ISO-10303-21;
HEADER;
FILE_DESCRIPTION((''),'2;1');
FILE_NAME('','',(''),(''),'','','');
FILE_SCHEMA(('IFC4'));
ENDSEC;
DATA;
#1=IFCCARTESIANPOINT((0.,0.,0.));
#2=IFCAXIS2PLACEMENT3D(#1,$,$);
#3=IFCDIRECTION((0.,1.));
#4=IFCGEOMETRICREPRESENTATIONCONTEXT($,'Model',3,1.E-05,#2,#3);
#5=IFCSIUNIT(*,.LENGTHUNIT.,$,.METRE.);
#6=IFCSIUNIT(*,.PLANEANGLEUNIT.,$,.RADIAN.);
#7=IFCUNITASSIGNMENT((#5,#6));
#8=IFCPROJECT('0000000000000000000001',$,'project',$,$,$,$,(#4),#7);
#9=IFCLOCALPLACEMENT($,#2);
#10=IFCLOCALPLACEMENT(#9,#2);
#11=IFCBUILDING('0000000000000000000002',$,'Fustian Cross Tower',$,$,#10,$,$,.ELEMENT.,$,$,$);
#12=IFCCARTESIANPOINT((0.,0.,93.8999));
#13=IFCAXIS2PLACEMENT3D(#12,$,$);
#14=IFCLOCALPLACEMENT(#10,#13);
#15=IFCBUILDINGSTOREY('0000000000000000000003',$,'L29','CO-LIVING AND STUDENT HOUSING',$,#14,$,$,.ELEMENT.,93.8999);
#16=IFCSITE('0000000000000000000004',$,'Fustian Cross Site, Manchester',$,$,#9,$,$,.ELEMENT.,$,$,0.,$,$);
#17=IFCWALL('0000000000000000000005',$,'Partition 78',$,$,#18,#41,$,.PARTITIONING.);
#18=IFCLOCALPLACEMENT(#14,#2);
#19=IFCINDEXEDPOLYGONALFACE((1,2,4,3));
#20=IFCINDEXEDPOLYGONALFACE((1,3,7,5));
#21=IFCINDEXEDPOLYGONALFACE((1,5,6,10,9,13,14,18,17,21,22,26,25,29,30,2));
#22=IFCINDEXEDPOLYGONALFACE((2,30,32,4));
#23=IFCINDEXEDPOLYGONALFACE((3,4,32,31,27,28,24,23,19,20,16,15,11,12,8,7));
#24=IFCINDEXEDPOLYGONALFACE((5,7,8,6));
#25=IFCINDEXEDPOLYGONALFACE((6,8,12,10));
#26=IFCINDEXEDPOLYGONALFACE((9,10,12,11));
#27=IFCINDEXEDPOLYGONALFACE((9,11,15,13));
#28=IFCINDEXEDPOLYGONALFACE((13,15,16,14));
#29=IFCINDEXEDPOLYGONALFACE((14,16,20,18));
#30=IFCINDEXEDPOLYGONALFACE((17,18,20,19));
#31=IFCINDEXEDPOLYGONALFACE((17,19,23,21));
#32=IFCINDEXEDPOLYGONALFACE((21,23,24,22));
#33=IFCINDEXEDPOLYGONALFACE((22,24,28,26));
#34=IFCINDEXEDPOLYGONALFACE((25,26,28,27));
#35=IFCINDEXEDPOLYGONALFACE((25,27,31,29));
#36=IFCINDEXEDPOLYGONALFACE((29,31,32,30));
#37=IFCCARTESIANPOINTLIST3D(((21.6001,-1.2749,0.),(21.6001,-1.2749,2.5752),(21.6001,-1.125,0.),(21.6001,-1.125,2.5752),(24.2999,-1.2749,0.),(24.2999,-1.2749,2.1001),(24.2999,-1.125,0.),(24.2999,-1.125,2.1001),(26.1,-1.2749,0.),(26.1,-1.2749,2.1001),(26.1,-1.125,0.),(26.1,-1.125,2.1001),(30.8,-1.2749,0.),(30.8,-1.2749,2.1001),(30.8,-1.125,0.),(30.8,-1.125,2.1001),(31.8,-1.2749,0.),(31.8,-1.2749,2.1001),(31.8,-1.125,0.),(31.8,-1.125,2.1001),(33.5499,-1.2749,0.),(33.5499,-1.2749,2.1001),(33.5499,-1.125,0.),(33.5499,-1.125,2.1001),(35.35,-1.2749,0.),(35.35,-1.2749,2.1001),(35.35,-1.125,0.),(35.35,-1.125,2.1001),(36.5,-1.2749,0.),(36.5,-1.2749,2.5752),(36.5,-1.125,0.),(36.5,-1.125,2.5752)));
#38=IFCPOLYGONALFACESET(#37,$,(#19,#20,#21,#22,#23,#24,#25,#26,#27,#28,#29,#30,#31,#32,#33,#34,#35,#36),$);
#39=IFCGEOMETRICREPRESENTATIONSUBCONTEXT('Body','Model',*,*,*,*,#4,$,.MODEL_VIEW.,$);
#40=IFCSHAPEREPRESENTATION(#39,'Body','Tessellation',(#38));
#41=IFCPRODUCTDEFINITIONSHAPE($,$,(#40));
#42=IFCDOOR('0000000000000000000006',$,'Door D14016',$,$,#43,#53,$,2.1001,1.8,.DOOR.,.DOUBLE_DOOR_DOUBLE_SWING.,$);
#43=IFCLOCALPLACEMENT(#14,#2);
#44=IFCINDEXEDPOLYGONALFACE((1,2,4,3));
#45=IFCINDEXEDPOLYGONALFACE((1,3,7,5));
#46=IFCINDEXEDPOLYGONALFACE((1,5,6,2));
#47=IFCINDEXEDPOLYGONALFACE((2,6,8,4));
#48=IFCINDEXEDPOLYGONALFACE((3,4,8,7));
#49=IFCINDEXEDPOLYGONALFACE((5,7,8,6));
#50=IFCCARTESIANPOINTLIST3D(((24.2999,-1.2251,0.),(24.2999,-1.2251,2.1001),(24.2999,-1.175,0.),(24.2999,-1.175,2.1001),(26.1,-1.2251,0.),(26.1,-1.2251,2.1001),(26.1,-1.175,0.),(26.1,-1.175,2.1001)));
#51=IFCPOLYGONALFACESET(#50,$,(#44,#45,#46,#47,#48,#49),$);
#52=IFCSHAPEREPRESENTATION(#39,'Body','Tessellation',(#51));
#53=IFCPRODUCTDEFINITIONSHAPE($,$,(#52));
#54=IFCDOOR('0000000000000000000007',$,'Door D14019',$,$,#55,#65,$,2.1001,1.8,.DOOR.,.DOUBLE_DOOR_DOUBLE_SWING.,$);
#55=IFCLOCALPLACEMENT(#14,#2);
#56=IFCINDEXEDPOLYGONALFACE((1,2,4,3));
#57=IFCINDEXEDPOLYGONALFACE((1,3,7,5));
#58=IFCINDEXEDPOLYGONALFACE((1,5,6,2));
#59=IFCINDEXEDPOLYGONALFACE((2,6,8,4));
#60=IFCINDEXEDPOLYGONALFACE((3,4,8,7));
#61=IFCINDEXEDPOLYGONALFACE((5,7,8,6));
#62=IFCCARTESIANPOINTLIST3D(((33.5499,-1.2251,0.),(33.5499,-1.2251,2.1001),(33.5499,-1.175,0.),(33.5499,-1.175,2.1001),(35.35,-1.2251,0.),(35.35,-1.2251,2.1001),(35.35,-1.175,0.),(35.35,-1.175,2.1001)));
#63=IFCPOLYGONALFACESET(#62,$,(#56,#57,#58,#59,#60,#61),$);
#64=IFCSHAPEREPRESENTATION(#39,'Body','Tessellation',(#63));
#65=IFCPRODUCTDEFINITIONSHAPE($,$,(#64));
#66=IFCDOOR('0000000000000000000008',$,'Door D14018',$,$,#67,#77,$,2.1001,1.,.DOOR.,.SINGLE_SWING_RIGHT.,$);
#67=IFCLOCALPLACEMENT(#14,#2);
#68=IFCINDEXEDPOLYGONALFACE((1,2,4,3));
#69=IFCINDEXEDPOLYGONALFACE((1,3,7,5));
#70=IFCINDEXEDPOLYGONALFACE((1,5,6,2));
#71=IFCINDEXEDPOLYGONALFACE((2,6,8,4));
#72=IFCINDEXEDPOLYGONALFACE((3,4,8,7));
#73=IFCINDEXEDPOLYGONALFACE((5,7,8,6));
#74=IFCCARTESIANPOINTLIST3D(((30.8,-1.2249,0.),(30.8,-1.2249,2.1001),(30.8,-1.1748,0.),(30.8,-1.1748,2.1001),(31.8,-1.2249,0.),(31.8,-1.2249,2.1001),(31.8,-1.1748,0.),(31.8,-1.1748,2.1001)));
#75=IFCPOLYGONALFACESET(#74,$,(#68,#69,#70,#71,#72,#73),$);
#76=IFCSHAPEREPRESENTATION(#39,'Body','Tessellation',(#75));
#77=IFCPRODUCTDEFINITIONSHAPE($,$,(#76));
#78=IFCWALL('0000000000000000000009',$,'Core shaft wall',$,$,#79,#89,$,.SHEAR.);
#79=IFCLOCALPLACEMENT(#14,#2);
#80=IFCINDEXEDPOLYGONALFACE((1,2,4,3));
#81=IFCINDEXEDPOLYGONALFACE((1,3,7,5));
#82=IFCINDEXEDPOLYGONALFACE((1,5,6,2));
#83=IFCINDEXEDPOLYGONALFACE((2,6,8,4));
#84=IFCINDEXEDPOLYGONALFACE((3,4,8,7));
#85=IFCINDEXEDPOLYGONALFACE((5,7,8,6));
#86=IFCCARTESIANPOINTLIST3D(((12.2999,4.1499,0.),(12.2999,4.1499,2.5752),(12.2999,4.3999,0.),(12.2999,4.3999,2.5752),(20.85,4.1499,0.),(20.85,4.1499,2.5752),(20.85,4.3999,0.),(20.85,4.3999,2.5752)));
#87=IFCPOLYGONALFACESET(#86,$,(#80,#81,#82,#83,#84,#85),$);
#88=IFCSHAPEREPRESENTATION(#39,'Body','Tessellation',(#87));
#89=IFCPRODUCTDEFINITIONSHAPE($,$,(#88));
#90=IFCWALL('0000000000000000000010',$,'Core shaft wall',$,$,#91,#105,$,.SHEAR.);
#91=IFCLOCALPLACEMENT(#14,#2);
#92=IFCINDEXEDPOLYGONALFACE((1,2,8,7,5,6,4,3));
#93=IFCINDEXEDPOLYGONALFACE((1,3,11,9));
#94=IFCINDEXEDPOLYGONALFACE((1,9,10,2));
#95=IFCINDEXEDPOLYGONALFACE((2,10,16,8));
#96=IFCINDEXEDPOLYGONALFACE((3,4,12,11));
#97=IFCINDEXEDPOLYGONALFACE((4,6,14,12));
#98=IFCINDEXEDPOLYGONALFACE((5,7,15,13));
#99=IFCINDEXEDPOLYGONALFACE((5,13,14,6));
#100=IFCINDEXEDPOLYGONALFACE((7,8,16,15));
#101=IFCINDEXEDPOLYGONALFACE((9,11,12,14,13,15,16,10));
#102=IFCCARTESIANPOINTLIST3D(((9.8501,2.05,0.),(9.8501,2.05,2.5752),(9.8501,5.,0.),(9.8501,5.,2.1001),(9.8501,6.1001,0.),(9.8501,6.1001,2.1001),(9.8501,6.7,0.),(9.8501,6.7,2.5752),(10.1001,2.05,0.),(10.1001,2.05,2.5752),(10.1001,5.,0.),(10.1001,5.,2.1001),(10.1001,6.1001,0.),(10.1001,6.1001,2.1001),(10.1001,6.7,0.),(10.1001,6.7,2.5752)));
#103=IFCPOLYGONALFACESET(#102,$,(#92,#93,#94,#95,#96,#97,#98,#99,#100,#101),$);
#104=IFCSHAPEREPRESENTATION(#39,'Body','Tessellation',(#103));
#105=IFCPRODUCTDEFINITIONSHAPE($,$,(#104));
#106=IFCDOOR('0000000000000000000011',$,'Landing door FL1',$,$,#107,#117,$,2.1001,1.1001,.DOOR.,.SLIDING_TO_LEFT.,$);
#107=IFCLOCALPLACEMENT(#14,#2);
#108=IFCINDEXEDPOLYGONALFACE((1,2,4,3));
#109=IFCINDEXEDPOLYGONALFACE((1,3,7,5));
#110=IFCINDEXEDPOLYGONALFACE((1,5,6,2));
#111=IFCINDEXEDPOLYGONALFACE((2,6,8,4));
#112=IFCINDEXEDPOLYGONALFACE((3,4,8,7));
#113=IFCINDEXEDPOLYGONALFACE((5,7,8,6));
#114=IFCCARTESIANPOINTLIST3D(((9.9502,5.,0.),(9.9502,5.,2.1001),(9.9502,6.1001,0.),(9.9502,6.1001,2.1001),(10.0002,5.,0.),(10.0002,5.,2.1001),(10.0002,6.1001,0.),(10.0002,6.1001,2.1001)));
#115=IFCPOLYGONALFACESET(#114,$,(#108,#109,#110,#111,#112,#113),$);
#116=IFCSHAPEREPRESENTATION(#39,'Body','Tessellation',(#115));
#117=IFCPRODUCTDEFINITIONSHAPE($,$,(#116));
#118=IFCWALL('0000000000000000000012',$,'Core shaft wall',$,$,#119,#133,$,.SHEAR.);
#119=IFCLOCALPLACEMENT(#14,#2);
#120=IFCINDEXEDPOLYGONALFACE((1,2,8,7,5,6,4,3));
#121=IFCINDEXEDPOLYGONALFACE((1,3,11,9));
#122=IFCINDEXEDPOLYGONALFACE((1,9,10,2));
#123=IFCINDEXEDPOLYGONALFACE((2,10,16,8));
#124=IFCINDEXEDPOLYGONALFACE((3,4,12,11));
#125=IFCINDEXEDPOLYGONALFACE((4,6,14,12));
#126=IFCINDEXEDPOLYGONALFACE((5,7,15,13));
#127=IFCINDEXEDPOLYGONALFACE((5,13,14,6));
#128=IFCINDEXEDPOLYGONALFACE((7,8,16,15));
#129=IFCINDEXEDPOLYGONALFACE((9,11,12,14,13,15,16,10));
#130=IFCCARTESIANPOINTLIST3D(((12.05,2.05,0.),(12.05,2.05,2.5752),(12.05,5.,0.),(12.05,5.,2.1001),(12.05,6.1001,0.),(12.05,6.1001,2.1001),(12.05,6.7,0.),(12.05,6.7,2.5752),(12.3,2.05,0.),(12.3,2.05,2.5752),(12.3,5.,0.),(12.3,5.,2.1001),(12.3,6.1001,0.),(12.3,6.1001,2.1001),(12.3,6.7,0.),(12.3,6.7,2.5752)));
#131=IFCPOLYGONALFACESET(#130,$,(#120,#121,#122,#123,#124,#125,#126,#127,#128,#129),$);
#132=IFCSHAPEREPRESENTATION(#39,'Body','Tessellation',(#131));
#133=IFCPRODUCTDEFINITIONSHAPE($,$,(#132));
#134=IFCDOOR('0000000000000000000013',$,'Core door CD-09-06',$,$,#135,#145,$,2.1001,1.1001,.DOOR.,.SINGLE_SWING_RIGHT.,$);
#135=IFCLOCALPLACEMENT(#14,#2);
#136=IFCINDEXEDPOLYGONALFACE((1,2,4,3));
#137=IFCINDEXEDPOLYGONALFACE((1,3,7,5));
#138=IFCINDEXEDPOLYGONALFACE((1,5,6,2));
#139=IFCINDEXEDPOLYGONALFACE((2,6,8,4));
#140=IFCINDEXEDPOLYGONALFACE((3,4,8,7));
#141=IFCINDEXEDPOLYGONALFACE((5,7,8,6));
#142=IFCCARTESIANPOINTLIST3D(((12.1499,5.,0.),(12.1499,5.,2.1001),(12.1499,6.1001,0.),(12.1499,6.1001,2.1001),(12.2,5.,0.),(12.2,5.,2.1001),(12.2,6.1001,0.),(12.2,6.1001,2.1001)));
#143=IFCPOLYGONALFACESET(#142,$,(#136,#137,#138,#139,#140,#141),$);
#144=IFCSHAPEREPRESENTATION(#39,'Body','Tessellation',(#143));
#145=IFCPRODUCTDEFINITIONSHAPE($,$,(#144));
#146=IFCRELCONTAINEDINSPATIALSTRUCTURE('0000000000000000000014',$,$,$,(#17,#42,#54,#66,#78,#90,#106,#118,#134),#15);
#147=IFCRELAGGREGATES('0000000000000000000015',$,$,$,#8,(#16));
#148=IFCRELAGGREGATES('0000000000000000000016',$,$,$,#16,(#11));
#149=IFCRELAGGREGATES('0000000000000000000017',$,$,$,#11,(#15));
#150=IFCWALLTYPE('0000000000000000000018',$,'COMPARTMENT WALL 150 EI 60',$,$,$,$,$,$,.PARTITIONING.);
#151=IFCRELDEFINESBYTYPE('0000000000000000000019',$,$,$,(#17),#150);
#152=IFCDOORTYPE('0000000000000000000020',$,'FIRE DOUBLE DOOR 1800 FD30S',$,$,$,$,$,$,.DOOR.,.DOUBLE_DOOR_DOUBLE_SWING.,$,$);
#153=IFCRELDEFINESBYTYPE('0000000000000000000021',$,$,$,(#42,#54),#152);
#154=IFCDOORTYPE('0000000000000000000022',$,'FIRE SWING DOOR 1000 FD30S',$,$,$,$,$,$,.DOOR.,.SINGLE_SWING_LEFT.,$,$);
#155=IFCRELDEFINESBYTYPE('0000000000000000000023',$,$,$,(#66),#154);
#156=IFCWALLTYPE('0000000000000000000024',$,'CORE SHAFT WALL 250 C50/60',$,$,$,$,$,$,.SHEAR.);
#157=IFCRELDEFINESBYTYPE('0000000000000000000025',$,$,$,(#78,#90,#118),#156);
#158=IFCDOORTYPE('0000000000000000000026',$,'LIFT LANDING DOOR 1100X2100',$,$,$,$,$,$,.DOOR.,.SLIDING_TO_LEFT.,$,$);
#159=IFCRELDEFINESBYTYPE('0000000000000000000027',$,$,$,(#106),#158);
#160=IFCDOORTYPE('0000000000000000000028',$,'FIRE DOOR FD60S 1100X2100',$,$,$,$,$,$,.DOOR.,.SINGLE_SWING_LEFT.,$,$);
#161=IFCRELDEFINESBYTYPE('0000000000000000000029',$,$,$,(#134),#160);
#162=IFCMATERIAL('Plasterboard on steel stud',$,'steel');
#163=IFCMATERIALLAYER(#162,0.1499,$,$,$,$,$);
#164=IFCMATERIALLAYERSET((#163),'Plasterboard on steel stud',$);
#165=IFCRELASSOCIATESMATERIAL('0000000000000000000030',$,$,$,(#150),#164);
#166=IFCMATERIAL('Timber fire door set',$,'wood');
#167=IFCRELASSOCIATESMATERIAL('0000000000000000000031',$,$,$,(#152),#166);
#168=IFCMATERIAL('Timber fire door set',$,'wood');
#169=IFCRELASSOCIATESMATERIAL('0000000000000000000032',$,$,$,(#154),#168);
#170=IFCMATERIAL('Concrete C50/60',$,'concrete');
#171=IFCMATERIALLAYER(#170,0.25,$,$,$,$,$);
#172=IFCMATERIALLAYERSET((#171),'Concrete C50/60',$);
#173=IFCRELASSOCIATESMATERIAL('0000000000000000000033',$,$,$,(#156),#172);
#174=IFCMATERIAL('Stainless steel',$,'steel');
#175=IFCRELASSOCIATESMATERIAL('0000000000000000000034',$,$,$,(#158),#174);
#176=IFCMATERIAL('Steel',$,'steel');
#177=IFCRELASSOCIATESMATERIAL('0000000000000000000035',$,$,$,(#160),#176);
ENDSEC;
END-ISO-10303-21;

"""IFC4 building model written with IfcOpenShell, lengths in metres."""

from ifc_helpers import new_model, si_unit, direction, frame, frame_2d, origin, place, context, subcontext, project, spatial, rectangle, extrude, material, layer, layer_set, type_object, element, fill, save


model = new_model("IFC4")

# Units and contexts
model_context = context("Model", 3, precision=1e-05, world=origin(), true_north=direction((0.0, 1.0)))
body_context = subcontext(model_context, "Body", "Model", "MODEL_VIEW")
ifc_project = project(units=[si_unit("LENGTHUNIT", "METRE"), si_unit("PLANEANGLEUNIT", "RADIAN")], contexts=[model_context])

# Site, building, storey
site_placement = place(None, origin())
site = spatial("IfcSite", under=ifc_project, at=site_placement, Name="Fustian Cross Site, Manchester", CompositionType="ELEMENT", RefElevation=0.0)
building_placement = place(site_placement, origin())
building = spatial("IfcBuilding", under=site, at=building_placement, Name="Fustian Cross Tower", CompositionType="ELEMENT")
storey_placement = place(building_placement, frame((0.0, 0.0, 93.8999)))
storey = spatial("IfcBuildingStorey", under=building, at=storey_placement, Name="L29", Description="CO-LIVING AND STUDENT HOUSING", CompositionType="ELEMENT", Elevation=93.8999)

# Wall, openings, doors
ifc_material_1 = material(Name="Plasterboard on steel stud", Category="steel")
ifc_layer_1 = layer(ifc_material_1, 0.1499)
ifc_layer_set_1 = layer_set([ifc_layer_1], Name="Plasterboard on steel stud")
wall_type_1 = type_object("IfcWallType", Name="COMPARTMENT WALL 150 EI 60", PredefinedType="PARTITIONING", material=ifc_layer_set_1)
wall_1_placement = place(storey_placement, frame((21.6001, -1.2, 0.0), z_axis=(0.0, 0.0, 1.0), x_axis=(1.0, 0.0, 0.0)))
wall_1 = element("IfcWall", 1, at=wall_1_placement, inside=storey, type_object=wall_type_1, Name="Partition 78", PredefinedType="PARTITIONING", context=body_context, shape_type="SweptSolid", body=[
    extrude(rectangle(XDim=14.8999, YDim=0.1499, at=frame_2d((7.45, 0.0))), origin(), (0.0, 0.0, 1.0), 2.5752),
])
opening_1_placement = place(wall_1_placement, frame((2.7, 0.0, 0.0)))
opening_1 = element("IfcOpeningElement", 2, at=opening_1_placement, cuts=wall_1, PredefinedType="OPENING", context=body_context, shape_type="SweptSolid", body=[
    extrude(rectangle(XDim=1.8, YDim=2.1001, at=frame_2d((0.8999, 1.05))), frame((0.0, 0.085, 0.0), z_axis=(0.0, -1.0, 0.0), x_axis=(1.0, 0.0, 0.0)), (0.0, 0.0, 1.0), 0.1699),
])
opening_2_placement = place(wall_1_placement, frame((9.2, 0.0, 0.0)))
opening_2 = element("IfcOpeningElement", 3, at=opening_2_placement, cuts=wall_1, PredefinedType="OPENING", context=body_context, shape_type="SweptSolid", body=[
    extrude(rectangle(XDim=1.0, YDim=2.1001, at=frame_2d((0.5, 1.05))), frame((0.0, 0.085, 0.0), z_axis=(0.0, -1.0, 0.0), x_axis=(1.0, 0.0, 0.0)), (0.0, 0.0, 1.0), 0.1699),
])
opening_3_placement = place(wall_1_placement, frame((11.95, 0.0, 0.0)))
opening_3 = element("IfcOpeningElement", 4, at=opening_3_placement, cuts=wall_1, PredefinedType="OPENING", context=body_context, shape_type="SweptSolid", body=[
    extrude(rectangle(XDim=1.8, YDim=2.1001, at=frame_2d((0.8999, 1.05))), frame((0.0, 0.085, 0.0), z_axis=(0.0, -1.0, 0.0), x_axis=(1.0, 0.0, 0.0)), (0.0, 0.0, 1.0), 0.1699),
])
ifc_material_2 = material(Name="Timber fire door set", Category="wood")
door_type_1 = type_object("IfcDoorType", Name="FIRE DOUBLE DOOR 1800 FD30S", OperationType="DOUBLE_DOOR_DOUBLE_SWING", PredefinedType="DOOR", material=ifc_material_2)
door_1_placement = place(opening_1_placement, origin())
door_1 = element("IfcDoor", 5, at=door_1_placement, inside=storey, type_object=door_type_1, Name="Door D14016", OperationType="DOUBLE_DOOR_DOUBLE_SWING", OverallHeight=2.1001, OverallWidth=1.8, PredefinedType="DOOR", context=body_context, shape_type="SweptSolid", body=[
    extrude(rectangle(XDim=1.8, YDim=2.1001, at=frame_2d((0.8999, 1.05))), frame((0.0, 0.0249, 0.0), z_axis=(0.0, -1.0, 0.0), x_axis=(1.0, 0.0, 0.0)), (0.0, 0.0, 1.0), 0.05),
])
fill(opening_1, door_1)
door_2_placement = place(opening_3_placement, origin())
door_2 = element("IfcDoor", 6, at=door_2_placement, inside=storey, type_object=door_type_1, Name="Door D14019", OperationType="DOUBLE_DOOR_DOUBLE_SWING", OverallHeight=2.1001, OverallWidth=1.8, PredefinedType="DOOR", context=body_context, shape_type="SweptSolid", body=[
    extrude(rectangle(XDim=1.8, YDim=2.1001, at=frame_2d((0.8999, 1.05))), frame((0.0, 0.0249, 0.0), z_axis=(0.0, -1.0, 0.0), x_axis=(1.0, 0.0, 0.0)), (0.0, 0.0, 1.0), 0.05),
])
fill(opening_3, door_2)
ifc_material_3 = material(Name="Timber fire door set", Category="wood")
door_type_2 = type_object("IfcDoorType", Name="FIRE SWING DOOR 1000 FD30S", OperationType="SINGLE_SWING_LEFT", PredefinedType="DOOR", material=ifc_material_3)
door_3_placement = place(opening_2_placement, frame((1.0, 0.0, 0.0), z_axis=(0.0, 0.0, 1.0), x_axis=(-1.0, 0.0, 0.0)))
door_3 = element("IfcDoor", 7, at=door_3_placement, inside=storey, type_object=door_type_2, Name="Door D14018", OperationType="SINGLE_SWING_RIGHT", OverallHeight=2.1001, OverallWidth=1.0, PredefinedType="DOOR", context=body_context, shape_type="SweptSolid", body=[
    extrude(rectangle(XDim=1.0, YDim=2.1001, at=frame_2d((0.5, 1.05))), frame((0.0, 0.0249, 0.0), z_axis=(0.0, -1.0, 0.0), x_axis=(1.0, 0.0, 0.0)), (0.0, 0.0, 1.0), 0.05),
])
fill(opening_2, door_3)

# Wall
ifc_material_4 = material(Name="Concrete C50/60", Category="concrete")
ifc_layer_2 = layer(ifc_material_4, 0.25)
ifc_layer_set_2 = layer_set([ifc_layer_2], Name="Concrete C50/60")
wall_type_2 = type_object("IfcWallType", Name="CORE SHAFT WALL 250 C50/60", PredefinedType="SHEAR", material=ifc_layer_set_2)
wall_2_placement = place(storey_placement, frame((12.3, 4.2749, 0.0), z_axis=(0.0, 0.0, 1.0), x_axis=(1.0, 0.0, 0.0)))
element("IfcWall", 8, at=wall_2_placement, inside=storey, type_object=wall_type_2, Name="Core shaft wall", PredefinedType="SHEAR", context=body_context, shape_type="SweptSolid", body=[
    extrude(rectangle(XDim=8.55, YDim=0.25, at=frame_2d((4.2749, 0.0))), origin(), (0.0, 0.0, 1.0), 2.5752),
])

# Walls, openings, doors
wall_3_placement = place(storey_placement, frame((9.9751, 2.05, 0.0), z_axis=(0.0, 0.0, 1.0), x_axis=(0.0, 1.0, 0.0)))
wall_3 = element("IfcWall", 9, at=wall_3_placement, inside=storey, type_object=wall_type_2, Name="Core shaft wall", PredefinedType="SHEAR", context=body_context, shape_type="SweptSolid", body=[
    extrude(rectangle(XDim=4.6499, YDim=0.25, at=frame_2d((2.325, 0.0))), origin(), (0.0, 0.0, 1.0), 2.5752),
])
opening_4_placement = place(wall_3_placement, frame((2.95, 0.0, 0.0)))
opening_4 = element("IfcOpeningElement", 10, at=opening_4_placement, cuts=wall_3, PredefinedType="OPENING", context=body_context, shape_type="SweptSolid", body=[
    extrude(rectangle(XDim=1.1001, YDim=2.1001, at=frame_2d((0.55, 1.05))), frame((0.0, 0.135, 0.0), z_axis=(0.0, -1.0, 0.0), x_axis=(1.0, 0.0, 0.0)), (0.0, 0.0, 1.0), 0.27),
])
ifc_material_5 = material(Name="Stainless steel", Category="steel")
door_type_3 = type_object("IfcDoorType", Name="LIFT LANDING DOOR 1100X2100", OperationType="SLIDING_TO_LEFT", PredefinedType="DOOR", material=ifc_material_5)
door_4_placement = place(opening_4_placement, origin())
door_4 = element("IfcDoor", 11, at=door_4_placement, inside=storey, type_object=door_type_3, Name="Landing door FL1", OperationType="SLIDING_TO_LEFT", OverallHeight=2.1001, OverallWidth=1.1001, PredefinedType="DOOR", context=body_context, shape_type="SweptSolid", body=[
    extrude(rectangle(XDim=1.1001, YDim=2.1001, at=frame_2d((0.55, 1.05))), frame((0.0, 0.0249, 0.0), z_axis=(0.0, -1.0, 0.0), x_axis=(1.0, 0.0, 0.0)), (0.0, 0.0, 1.0), 0.05),
])
fill(opening_4, door_4)
wall_4_placement = place(storey_placement, frame((12.175, 2.05, 0.0), z_axis=(0.0, 0.0, 1.0), x_axis=(0.0, 1.0, 0.0)))
wall_4 = element("IfcWall", 12, at=wall_4_placement, inside=storey, type_object=wall_type_2, Name="Core shaft wall", PredefinedType="SHEAR", context=body_context, shape_type="SweptSolid", body=[
    extrude(rectangle(XDim=4.6499, YDim=0.25, at=frame_2d((2.325, 0.0))), origin(), (0.0, 0.0, 1.0), 2.5752),
])
opening_5_placement = place(wall_4_placement, frame((2.95, 0.0, 0.0)))
opening_5 = element("IfcOpeningElement", 13, at=opening_5_placement, cuts=wall_4, PredefinedType="OPENING", context=body_context, shape_type="SweptSolid", body=[
    extrude(rectangle(XDim=1.1001, YDim=2.1001, at=frame_2d((0.55, 1.05))), frame((0.0, 0.135, 0.0), z_axis=(0.0, -1.0, 0.0), x_axis=(1.0, 0.0, 0.0)), (0.0, 0.0, 1.0), 0.27),
])
ifc_material_6 = material(Name="Steel", Category="steel")
door_type_4 = type_object("IfcDoorType", Name="FIRE DOOR FD60S 1100X2100", OperationType="SINGLE_SWING_LEFT", PredefinedType="DOOR", material=ifc_material_6)
door_5_placement = place(opening_5_placement, frame((1.1001, 0.0, 0.0), z_axis=(0.0, 0.0, 1.0), x_axis=(-1.0, 0.0, 0.0)))
door_5 = element("IfcDoor", 14, at=door_5_placement, inside=storey, type_object=door_type_4, Name="Core door CD-09-06", OperationType="SINGLE_SWING_RIGHT", OverallHeight=2.1001, OverallWidth=1.1001, PredefinedType="DOOR", context=body_context, shape_type="SweptSolid", body=[
    extrude(rectangle(XDim=1.1001, YDim=2.1001, at=frame_2d((0.55, 1.05))), frame((0.0, 0.0249, 0.0), z_axis=(0.0, -1.0, 0.0), x_axis=(1.0, 0.0, 0.0)), (0.0, 0.0, 1.0), 0.05),
])
fill(opening_5, door_5)

save(model, "model.ifc")
